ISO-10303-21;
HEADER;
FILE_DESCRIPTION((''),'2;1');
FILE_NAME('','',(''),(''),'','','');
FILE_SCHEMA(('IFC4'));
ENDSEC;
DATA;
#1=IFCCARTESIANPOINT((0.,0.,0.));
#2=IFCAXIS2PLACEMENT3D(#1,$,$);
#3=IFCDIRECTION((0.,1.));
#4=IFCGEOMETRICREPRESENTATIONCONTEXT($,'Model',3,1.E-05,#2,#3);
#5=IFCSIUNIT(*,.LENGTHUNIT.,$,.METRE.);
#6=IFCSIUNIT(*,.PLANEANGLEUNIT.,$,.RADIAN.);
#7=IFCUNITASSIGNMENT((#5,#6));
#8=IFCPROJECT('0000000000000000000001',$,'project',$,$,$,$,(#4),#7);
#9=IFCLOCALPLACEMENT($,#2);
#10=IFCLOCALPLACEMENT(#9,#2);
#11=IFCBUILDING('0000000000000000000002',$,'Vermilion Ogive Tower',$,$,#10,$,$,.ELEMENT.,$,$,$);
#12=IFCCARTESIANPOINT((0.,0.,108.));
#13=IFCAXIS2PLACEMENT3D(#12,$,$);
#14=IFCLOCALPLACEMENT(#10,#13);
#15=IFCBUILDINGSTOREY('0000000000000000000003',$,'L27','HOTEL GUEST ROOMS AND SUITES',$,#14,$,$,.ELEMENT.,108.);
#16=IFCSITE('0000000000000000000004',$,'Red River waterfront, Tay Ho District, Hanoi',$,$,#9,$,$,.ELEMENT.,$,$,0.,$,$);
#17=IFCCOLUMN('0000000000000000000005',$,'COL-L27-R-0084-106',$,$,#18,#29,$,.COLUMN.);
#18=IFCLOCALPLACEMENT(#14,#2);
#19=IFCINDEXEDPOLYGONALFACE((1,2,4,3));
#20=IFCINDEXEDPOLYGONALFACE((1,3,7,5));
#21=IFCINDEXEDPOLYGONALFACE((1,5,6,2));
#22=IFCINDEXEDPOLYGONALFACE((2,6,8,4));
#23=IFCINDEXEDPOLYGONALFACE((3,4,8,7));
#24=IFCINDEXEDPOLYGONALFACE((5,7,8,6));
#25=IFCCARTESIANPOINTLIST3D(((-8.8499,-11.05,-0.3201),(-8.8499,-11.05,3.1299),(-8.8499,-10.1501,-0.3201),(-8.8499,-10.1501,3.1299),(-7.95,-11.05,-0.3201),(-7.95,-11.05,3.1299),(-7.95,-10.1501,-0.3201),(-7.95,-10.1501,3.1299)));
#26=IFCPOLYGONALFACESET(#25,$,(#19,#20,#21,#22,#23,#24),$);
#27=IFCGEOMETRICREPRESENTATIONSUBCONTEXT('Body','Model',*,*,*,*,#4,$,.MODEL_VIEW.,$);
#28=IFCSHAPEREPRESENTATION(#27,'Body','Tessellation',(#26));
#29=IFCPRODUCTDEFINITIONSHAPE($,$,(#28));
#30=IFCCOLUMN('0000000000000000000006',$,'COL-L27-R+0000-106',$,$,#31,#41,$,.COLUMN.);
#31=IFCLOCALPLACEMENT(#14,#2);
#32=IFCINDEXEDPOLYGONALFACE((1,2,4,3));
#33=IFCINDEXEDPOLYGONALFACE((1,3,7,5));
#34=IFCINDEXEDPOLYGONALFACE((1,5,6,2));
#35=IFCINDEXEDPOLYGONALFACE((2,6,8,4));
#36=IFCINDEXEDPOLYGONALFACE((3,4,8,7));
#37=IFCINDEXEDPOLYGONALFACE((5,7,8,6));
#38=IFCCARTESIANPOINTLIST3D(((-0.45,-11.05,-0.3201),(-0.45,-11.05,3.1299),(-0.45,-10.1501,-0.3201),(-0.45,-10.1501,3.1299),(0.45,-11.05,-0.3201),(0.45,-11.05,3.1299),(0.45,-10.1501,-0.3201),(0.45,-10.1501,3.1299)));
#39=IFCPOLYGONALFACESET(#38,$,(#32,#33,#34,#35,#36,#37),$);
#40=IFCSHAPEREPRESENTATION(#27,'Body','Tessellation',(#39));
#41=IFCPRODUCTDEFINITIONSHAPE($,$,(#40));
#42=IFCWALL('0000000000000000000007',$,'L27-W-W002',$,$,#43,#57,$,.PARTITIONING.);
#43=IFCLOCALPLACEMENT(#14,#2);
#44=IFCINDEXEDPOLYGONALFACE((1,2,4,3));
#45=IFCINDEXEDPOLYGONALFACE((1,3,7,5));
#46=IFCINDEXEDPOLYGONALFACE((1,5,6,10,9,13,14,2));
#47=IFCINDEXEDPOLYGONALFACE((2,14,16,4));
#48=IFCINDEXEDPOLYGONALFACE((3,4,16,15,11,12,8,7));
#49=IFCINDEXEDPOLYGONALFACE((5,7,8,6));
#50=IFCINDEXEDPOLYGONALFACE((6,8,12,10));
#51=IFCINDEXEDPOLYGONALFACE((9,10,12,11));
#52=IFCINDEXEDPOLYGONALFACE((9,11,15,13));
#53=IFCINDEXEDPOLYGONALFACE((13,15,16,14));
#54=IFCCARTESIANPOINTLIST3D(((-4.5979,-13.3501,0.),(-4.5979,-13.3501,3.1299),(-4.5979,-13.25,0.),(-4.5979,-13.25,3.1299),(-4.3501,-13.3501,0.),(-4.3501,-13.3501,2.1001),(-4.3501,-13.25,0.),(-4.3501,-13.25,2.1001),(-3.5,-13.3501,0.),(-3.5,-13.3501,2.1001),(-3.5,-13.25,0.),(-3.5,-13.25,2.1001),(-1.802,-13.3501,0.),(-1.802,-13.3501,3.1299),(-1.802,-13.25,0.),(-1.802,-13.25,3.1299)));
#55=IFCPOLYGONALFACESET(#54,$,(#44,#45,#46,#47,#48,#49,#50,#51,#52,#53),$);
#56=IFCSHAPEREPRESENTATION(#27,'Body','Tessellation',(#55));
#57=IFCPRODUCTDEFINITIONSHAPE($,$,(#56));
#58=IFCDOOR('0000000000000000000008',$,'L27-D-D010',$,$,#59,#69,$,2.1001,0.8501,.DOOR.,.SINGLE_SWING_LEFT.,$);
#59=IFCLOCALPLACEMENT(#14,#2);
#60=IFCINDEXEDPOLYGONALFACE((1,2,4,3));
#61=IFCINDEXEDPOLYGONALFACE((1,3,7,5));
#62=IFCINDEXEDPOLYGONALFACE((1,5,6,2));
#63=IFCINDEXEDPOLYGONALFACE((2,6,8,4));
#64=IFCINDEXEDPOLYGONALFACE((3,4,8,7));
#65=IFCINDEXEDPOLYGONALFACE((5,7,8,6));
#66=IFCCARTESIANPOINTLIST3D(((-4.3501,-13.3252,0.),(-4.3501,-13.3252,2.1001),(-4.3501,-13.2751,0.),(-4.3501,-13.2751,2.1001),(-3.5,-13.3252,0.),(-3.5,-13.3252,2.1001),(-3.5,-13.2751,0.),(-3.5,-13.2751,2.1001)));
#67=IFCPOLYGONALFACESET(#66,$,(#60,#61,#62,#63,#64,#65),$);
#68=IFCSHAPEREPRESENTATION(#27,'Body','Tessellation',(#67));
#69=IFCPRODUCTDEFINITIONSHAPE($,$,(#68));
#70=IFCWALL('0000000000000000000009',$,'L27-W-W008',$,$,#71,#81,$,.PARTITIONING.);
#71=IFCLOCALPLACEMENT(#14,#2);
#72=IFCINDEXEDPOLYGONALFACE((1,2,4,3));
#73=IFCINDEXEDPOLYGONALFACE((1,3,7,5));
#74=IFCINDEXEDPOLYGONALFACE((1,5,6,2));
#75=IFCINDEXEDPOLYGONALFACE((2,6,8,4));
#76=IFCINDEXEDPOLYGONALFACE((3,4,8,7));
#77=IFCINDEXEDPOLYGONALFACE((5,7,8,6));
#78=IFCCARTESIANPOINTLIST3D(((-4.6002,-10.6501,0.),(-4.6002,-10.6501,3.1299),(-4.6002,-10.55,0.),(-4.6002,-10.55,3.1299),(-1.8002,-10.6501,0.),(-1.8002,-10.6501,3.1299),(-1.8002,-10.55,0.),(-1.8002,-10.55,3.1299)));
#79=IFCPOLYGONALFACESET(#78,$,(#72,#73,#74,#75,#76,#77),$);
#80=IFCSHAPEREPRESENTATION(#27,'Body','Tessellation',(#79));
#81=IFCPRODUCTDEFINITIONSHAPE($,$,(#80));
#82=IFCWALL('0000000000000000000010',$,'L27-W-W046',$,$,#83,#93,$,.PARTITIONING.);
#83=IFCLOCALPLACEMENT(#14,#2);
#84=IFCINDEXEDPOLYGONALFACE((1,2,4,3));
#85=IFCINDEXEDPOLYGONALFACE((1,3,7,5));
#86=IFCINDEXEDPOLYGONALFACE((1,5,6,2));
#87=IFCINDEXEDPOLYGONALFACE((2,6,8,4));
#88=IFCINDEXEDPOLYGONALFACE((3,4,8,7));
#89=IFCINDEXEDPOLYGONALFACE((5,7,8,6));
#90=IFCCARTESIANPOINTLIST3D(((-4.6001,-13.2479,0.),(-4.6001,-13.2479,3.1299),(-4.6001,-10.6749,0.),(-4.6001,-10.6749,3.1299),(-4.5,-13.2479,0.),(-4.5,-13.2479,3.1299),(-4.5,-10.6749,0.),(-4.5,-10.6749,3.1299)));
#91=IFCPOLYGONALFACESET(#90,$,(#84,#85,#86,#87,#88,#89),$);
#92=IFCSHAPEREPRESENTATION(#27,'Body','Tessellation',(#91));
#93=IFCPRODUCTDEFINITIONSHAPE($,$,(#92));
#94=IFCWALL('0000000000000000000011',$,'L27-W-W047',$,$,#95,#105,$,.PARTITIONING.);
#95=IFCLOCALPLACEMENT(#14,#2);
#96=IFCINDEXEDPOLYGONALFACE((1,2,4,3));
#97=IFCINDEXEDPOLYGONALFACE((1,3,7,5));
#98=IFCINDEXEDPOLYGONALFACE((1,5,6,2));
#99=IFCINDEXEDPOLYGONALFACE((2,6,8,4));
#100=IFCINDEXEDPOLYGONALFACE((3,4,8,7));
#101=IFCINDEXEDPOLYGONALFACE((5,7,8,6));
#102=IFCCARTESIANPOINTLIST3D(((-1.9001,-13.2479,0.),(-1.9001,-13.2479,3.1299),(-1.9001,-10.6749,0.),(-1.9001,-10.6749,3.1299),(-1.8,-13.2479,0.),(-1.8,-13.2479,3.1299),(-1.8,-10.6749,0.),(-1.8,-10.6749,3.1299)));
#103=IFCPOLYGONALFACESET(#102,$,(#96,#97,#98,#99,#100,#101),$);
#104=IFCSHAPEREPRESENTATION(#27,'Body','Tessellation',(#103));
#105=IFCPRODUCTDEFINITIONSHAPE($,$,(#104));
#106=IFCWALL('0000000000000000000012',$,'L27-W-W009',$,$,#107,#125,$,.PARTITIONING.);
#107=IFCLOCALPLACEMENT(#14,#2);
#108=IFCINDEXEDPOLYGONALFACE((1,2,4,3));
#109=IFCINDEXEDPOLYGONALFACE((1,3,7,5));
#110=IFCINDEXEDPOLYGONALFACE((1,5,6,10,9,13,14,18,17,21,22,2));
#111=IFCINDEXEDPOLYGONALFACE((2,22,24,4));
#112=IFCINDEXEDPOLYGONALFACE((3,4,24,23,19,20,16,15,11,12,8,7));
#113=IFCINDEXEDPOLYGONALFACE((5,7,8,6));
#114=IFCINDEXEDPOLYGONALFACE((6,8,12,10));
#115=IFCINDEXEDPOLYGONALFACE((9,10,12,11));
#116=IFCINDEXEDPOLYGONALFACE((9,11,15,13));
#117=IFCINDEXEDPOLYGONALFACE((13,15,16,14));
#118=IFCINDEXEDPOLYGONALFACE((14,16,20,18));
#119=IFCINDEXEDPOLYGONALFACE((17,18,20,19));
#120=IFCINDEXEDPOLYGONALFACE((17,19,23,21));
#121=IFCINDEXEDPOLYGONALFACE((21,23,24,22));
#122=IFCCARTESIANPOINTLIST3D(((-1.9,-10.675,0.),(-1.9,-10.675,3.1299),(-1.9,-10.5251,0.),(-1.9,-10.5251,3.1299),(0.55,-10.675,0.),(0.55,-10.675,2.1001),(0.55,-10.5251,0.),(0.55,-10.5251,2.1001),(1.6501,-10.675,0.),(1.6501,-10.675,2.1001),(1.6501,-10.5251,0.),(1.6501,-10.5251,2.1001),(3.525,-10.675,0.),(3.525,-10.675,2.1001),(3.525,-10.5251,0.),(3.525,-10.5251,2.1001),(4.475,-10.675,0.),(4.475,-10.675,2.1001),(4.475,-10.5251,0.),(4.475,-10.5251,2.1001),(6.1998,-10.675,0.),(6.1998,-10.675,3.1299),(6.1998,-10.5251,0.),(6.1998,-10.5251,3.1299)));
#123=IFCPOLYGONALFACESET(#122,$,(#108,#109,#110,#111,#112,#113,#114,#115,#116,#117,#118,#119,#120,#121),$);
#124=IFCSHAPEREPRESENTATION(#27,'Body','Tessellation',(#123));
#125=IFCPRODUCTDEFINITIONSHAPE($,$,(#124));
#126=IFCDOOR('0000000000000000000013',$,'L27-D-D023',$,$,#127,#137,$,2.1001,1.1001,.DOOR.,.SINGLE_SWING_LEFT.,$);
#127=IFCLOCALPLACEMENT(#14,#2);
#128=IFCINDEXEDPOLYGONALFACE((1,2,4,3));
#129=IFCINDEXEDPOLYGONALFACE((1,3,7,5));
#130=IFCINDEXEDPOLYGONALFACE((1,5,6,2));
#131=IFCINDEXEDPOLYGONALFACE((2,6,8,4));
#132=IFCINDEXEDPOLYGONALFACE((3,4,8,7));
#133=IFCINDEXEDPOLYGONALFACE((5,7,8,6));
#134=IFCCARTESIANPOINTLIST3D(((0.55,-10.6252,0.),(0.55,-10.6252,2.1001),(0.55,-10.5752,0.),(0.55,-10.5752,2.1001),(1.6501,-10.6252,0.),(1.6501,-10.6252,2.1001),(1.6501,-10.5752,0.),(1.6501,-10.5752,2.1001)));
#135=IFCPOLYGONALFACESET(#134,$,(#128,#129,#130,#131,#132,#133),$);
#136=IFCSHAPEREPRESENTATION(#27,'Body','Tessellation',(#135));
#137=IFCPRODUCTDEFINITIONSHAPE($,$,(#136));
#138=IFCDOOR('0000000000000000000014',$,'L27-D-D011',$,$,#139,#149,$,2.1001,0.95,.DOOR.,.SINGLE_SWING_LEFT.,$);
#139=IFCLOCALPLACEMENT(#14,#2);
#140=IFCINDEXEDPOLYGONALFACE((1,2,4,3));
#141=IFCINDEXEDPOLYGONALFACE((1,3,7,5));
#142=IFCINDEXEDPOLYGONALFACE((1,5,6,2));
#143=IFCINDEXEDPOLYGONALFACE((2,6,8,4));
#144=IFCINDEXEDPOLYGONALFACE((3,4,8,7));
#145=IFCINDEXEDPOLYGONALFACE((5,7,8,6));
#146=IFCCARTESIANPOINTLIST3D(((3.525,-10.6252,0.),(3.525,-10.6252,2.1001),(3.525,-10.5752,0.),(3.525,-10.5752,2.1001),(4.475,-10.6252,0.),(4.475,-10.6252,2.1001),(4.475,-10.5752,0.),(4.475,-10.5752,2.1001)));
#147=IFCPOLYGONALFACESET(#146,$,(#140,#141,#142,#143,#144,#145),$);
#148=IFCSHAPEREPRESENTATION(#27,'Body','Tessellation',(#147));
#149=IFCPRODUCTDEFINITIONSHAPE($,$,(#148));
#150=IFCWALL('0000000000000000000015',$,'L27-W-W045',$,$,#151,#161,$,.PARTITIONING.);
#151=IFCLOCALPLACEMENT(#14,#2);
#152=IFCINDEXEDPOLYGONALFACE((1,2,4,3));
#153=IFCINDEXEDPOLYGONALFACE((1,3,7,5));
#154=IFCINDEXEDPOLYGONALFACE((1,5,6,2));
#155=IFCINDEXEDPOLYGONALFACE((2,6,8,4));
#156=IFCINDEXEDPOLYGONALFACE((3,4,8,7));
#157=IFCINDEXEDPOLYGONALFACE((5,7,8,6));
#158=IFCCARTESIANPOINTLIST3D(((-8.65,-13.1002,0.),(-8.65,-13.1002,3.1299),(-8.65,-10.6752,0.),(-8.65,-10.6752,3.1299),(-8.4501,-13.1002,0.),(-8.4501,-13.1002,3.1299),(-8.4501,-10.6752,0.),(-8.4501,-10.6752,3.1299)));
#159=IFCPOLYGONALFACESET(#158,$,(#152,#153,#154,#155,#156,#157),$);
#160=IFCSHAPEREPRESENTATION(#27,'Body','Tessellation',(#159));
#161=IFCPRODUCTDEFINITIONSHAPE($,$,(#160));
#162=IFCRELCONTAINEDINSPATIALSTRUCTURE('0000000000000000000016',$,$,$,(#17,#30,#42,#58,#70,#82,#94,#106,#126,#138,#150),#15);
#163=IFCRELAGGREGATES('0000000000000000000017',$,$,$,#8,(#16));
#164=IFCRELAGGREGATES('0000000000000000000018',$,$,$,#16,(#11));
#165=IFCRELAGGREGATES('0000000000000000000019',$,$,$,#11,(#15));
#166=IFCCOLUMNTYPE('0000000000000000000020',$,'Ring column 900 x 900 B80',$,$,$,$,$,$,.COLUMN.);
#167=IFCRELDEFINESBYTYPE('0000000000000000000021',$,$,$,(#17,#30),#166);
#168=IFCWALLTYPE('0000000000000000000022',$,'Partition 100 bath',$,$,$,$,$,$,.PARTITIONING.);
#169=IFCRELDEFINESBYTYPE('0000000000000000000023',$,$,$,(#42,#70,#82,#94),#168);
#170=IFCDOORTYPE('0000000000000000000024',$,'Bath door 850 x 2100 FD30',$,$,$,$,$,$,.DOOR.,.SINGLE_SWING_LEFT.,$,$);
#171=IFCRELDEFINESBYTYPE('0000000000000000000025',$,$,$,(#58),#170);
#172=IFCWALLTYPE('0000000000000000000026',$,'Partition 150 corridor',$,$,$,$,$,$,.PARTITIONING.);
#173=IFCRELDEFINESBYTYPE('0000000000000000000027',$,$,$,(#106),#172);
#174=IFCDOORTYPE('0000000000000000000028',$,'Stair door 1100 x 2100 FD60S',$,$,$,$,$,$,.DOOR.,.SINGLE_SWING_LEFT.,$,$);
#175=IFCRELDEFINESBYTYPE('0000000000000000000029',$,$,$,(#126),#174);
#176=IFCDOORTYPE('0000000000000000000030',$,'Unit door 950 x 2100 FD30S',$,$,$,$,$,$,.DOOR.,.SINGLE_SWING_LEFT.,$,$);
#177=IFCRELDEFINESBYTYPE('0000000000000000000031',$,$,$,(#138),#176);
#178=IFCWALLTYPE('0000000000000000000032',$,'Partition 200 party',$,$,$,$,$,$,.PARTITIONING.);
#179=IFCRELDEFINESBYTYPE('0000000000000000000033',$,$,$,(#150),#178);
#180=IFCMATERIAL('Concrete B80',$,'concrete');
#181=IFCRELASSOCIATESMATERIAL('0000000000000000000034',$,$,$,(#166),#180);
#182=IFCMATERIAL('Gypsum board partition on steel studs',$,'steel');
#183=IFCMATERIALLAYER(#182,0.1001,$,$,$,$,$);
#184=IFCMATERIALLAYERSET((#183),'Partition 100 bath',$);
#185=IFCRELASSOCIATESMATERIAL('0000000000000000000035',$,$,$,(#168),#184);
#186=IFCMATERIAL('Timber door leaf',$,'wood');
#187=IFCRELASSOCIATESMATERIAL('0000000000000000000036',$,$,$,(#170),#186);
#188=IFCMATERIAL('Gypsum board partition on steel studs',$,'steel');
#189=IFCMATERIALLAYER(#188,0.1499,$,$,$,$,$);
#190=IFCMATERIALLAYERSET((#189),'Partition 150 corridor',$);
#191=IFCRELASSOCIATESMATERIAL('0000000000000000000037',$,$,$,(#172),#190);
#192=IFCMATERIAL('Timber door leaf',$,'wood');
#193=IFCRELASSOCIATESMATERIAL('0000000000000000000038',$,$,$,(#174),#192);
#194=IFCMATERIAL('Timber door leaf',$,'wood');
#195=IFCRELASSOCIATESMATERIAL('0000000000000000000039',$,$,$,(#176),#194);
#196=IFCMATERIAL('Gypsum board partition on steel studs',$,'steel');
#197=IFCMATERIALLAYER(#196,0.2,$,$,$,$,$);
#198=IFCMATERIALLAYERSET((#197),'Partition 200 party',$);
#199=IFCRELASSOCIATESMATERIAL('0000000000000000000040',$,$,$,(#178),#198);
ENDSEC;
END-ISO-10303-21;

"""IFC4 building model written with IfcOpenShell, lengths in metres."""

from ifc_helpers import new_model, si_unit, direction, frame, frame_2d, origin, origin_2d, place, context, subcontext, project, spatial, rectangle, extrude, material, layer, layer_set, material_profile, profile_set, type_object, element, fill, save


model = new_model("IFC4")

# Units and contexts
model_context = context("Model", 3, precision=1e-05, world=origin(), true_north=direction((0.0, 1.0)))
body_context = subcontext(model_context, "Body", "Model", "MODEL_VIEW")
ifc_project = project(units=[si_unit("LENGTHUNIT", "METRE"), si_unit("PLANEANGLEUNIT", "RADIAN")], contexts=[model_context])

# Site, building, storey
site_placement = place(None, origin())
site = spatial("IfcSite", under=ifc_project, at=site_placement, Name="Red River waterfront, Tay Ho District, Hanoi", CompositionType="ELEMENT", RefElevation=0.0)
building_placement = place(site_placement, origin())
building = spatial("IfcBuilding", under=site, at=building_placement, Name="Vermilion Ogive Tower", CompositionType="ELEMENT")
storey_placement = place(building_placement, frame((0.0, 0.0, 108.0)))
storey = spatial("IfcBuildingStorey", under=building, at=storey_placement, Name="L27", Description="HOTEL GUEST ROOMS AND SUITES", CompositionType="ELEMENT", Elevation=108.0)

# Columns
ifc_material_1 = material(Name="Concrete B80", Category="concrete")
ifc_material_profile = material_profile(ifc_material_1, rectangle(XDim=0.8999, YDim=0.8999, at=origin_2d()), Name="900 x 900")
ifc_profile_set = profile_set([ifc_material_profile], Name="Concrete B80")
column_type = type_object("IfcColumnType", Name="Ring column 900 x 900 B80", PredefinedType="COLUMN", material=ifc_profile_set)
for number, where, z_axis, x_axis, name in (
    (1, (-8.3999, -10.6001, -0.3201), (0.0, 0.0, 1.0), (1.0, 0.0, 0.0), "COL-L27-R-0084-106"),
    (2, (0.0, -10.6001, -0.3201), (0.0, 0.0, 1.0), (1.0, 0.0, 0.0), "COL-L27-R+0000-106"),
):
    element("IfcColumn", number, at=place(storey_placement, frame(where, z_axis=z_axis, x_axis=x_axis)), inside=storey, type_object=column_type, Name=name, PredefinedType="COLUMN", context=body_context, shape_type="SweptSolid", body=[
        extrude(rectangle(XDim=0.8999, YDim=0.8999, at=origin_2d()), origin(), (0.0, 0.0, 1.0), 3.45),
    ])

# Wall, opening, door
ifc_material_2 = material(Name="Gypsum board partition on steel studs", Category="steel")
ifc_layer_1 = layer(ifc_material_2, 0.1001)
ifc_layer_set_1 = layer_set([ifc_layer_1], Name="Partition 100 bath")
wall_type_1 = type_object("IfcWallType", Name="Partition 100 bath", PredefinedType="PARTITIONING", material=ifc_layer_set_1)
wall_1_placement = place(storey_placement, frame((-4.5979, -13.3, 0.0), z_axis=(0.0, 0.0, 1.0), x_axis=(1.0, 0.0, 0.0)))
wall_1 = element("IfcWall", 3, at=wall_1_placement, inside=storey, type_object=wall_type_1, Name="L27-W-W002", PredefinedType="PARTITIONING", context=body_context, shape_type="SweptSolid", body=[
    extrude(rectangle(XDim=2.7959, YDim=0.1001, at=frame_2d((1.3979, 0.0))), origin(), (0.0, 0.0, 1.0), 3.1299),
])
opening_1_placement = place(wall_1_placement, frame((0.2478, 0.0, 0.0)))
opening_1 = element("IfcOpeningElement", 4, at=opening_1_placement, cuts=wall_1, PredefinedType="OPENING", context=body_context, shape_type="SweptSolid", body=[
    extrude(rectangle(XDim=0.8501, YDim=2.1001, at=frame_2d((0.425, 1.05))), frame((0.0, 0.0601, 0.0), z_axis=(0.0, -1.0, 0.0), x_axis=(1.0, 0.0, 0.0)), (0.0, 0.0, 1.0), 0.1201),
])
ifc_material_3 = material(Name="Timber door leaf", Category="wood")
door_type_1 = type_object("IfcDoorType", Name="Bath door 850 x 2100 FD30", OperationType="SINGLE_SWING_LEFT", PredefinedType="DOOR", material=ifc_material_3)
door_1_placement = place(opening_1_placement, origin())
door_1 = element("IfcDoor", 5, at=door_1_placement, inside=storey, type_object=door_type_1, Name="L27-D-D010", OperationType="SINGLE_SWING_LEFT", OverallHeight=2.1001, OverallWidth=0.8501, PredefinedType="DOOR", context=body_context, shape_type="SweptSolid", body=[
    extrude(rectangle(XDim=0.8501, YDim=2.1001, at=frame_2d((0.425, 1.05))), frame((0.0, 0.0249, 0.0), z_axis=(0.0, -1.0, 0.0), x_axis=(1.0, 0.0, 0.0)), (0.0, 0.0, 1.0), 0.05),
])
fill(opening_1, door_1)

# Walls
wall_2_placement = place(storey_placement, frame((-4.6001, -10.6001, 0.0), z_axis=(0.0, 0.0, 1.0), x_axis=(1.0, 0.0, 0.0)))
element("IfcWall", 6, at=wall_2_placement, inside=storey, type_object=wall_type_1, Name="L27-W-W008", PredefinedType="PARTITIONING", context=body_context, shape_type="SweptSolid", body=[
    extrude(rectangle(XDim=2.8, YDim=0.1001, at=frame_2d((1.3999, 0.0))), origin(), (0.0, 0.0, 1.0), 3.1299),
])
for number, where, z_axis, x_axis, name in (
    (7, (-4.55, -13.248, 0.0), (0.0, 0.0, 1.0), (0.0, 1.0, 0.0), "L27-W-W046"),
    (8, (-1.8501, -13.248, 0.0), (0.0, 0.0, 1.0), (0.0, 1.0, 0.0), "L27-W-W047"),
):
    element("IfcWall", number, at=place(storey_placement, frame(where, z_axis=z_axis, x_axis=x_axis)), inside=storey, type_object=wall_type_1, Name=name, PredefinedType="PARTITIONING", context=body_context, shape_type="SweptSolid", body=[
        extrude(rectangle(XDim=2.573, YDim=0.1001, at=frame_2d((1.2866, 0.0))), origin(), (0.0, 0.0, 1.0), 3.1299),
    ])

# Wall, openings, doors
ifc_material_4 = material(Name="Gypsum board partition on steel studs", Category="steel")
ifc_layer_2 = layer(ifc_material_4, 0.1499)
ifc_layer_set_2 = layer_set([ifc_layer_2], Name="Partition 150 corridor")
wall_type_2 = type_object("IfcWallType", Name="Partition 150 corridor", PredefinedType="PARTITIONING", material=ifc_layer_set_2)
wall_3_placement = place(storey_placement, frame((-1.8999, -10.6001, 0.0), z_axis=(0.0, 0.0, 1.0), x_axis=(1.0, 0.0, 0.0)))
wall_3 = element("IfcWall", 9, at=wall_3_placement, inside=storey, type_object=wall_type_2, Name="L27-W-W009", PredefinedType="PARTITIONING", context=body_context, shape_type="SweptSolid", body=[
    extrude(rectangle(XDim=8.0999, YDim=0.1499, at=frame_2d((4.0498, 0.0))), origin(), (0.0, 0.0, 1.0), 3.1299),
])
opening_2_placement = place(wall_3_placement, frame((5.4248, 0.0, 0.0)))
opening_2 = element("IfcOpeningElement", 10, at=opening_2_placement, cuts=wall_3, PredefinedType="OPENING", context=body_context, shape_type="SweptSolid", body=[
    extrude(rectangle(XDim=0.95, YDim=2.1001, at=frame_2d((0.4751, 1.05))), frame((0.0, 0.085, 0.0), z_axis=(0.0, -1.0, 0.0), x_axis=(1.0, 0.0, 0.0)), (0.0, 0.0, 1.0), 0.1699),
])
opening_3_placement = place(wall_3_placement, frame((2.45, 0.0, 0.0)))
opening_3 = element("IfcOpeningElement", 11, at=opening_3_placement, cuts=wall_3, PredefinedType="OPENING", context=body_context, shape_type="SweptSolid", body=[
    extrude(rectangle(XDim=1.1001, YDim=2.1001, at=frame_2d((0.55, 1.05))), frame((0.0, 0.085, 0.0), z_axis=(0.0, -1.0, 0.0), x_axis=(1.0, 0.0, 0.0)), (0.0, 0.0, 1.0), 0.1699),
])
ifc_material_5 = material(Name="Timber door leaf", Category="wood")
door_type_2 = type_object("IfcDoorType", Name="Stair door 1100 x 2100 FD60S", OperationType="SINGLE_SWING_LEFT", PredefinedType="DOOR", material=ifc_material_5)
door_2_placement = place(opening_3_placement, origin())
door_2 = element("IfcDoor", 12, at=door_2_placement, inside=storey, type_object=door_type_2, Name="L27-D-D023", OperationType="SINGLE_SWING_LEFT", OverallHeight=2.1001, OverallWidth=1.1001, PredefinedType="DOOR", context=body_context, shape_type="SweptSolid", body=[
    extrude(rectangle(XDim=1.1001, YDim=2.1001, at=frame_2d((0.55, 1.05))), frame((0.0, 0.0249, 0.0), z_axis=(0.0, -1.0, 0.0), x_axis=(1.0, 0.0, 0.0)), (0.0, 0.0, 1.0), 0.05),
])
fill(opening_3, door_2)
ifc_material_6 = material(Name="Timber door leaf", Category="wood")
door_type_3 = type_object("IfcDoorType", Name="Unit door 950 x 2100 FD30S", OperationType="SINGLE_SWING_LEFT", PredefinedType="DOOR", material=ifc_material_6)
door_3_placement = place(opening_2_placement, origin())
door_3 = element("IfcDoor", 13, at=door_3_placement, inside=storey, type_object=door_type_3, Name="L27-D-D011", OperationType="SINGLE_SWING_LEFT", OverallHeight=2.1001, OverallWidth=0.95, PredefinedType="DOOR", context=body_context, shape_type="SweptSolid", body=[
    extrude(rectangle(XDim=0.95, YDim=2.1001, at=frame_2d((0.4751, 1.05))), frame((0.0, 0.0249, 0.0), z_axis=(0.0, -1.0, 0.0), x_axis=(1.0, 0.0, 0.0)), (0.0, 0.0, 1.0), 0.05),
])
fill(opening_2, door_3)

# Wall
ifc_material_7 = material(Name="Gypsum board partition on steel studs", Category="steel")
ifc_layer_3 = layer(ifc_material_7, 0.2)
ifc_layer_set_3 = layer_set([ifc_layer_3], Name="Partition 200 party")
wall_type_3 = type_object("IfcWallType", Name="Partition 200 party", PredefinedType="PARTITIONING", material=ifc_layer_set_3)
wall_4_placement = place(storey_placement, frame((-8.55, -13.1001, 0.0), z_axis=(0.0, 0.0, 1.0), x_axis=(0.0, 1.0, 0.0)))
element("IfcWall", 14, at=wall_4_placement, inside=storey, type_object=wall_type_3, Name="L27-W-W045", PredefinedType="PARTITIONING", context=body_context, shape_type="SweptSolid", body=[
    extrude(rectangle(XDim=2.425, YDim=0.2, at=frame_2d((1.2124, 0.0))), origin(), (0.0, 0.0, 1.0), 3.1299),
])

save(model, "model.ifc")
